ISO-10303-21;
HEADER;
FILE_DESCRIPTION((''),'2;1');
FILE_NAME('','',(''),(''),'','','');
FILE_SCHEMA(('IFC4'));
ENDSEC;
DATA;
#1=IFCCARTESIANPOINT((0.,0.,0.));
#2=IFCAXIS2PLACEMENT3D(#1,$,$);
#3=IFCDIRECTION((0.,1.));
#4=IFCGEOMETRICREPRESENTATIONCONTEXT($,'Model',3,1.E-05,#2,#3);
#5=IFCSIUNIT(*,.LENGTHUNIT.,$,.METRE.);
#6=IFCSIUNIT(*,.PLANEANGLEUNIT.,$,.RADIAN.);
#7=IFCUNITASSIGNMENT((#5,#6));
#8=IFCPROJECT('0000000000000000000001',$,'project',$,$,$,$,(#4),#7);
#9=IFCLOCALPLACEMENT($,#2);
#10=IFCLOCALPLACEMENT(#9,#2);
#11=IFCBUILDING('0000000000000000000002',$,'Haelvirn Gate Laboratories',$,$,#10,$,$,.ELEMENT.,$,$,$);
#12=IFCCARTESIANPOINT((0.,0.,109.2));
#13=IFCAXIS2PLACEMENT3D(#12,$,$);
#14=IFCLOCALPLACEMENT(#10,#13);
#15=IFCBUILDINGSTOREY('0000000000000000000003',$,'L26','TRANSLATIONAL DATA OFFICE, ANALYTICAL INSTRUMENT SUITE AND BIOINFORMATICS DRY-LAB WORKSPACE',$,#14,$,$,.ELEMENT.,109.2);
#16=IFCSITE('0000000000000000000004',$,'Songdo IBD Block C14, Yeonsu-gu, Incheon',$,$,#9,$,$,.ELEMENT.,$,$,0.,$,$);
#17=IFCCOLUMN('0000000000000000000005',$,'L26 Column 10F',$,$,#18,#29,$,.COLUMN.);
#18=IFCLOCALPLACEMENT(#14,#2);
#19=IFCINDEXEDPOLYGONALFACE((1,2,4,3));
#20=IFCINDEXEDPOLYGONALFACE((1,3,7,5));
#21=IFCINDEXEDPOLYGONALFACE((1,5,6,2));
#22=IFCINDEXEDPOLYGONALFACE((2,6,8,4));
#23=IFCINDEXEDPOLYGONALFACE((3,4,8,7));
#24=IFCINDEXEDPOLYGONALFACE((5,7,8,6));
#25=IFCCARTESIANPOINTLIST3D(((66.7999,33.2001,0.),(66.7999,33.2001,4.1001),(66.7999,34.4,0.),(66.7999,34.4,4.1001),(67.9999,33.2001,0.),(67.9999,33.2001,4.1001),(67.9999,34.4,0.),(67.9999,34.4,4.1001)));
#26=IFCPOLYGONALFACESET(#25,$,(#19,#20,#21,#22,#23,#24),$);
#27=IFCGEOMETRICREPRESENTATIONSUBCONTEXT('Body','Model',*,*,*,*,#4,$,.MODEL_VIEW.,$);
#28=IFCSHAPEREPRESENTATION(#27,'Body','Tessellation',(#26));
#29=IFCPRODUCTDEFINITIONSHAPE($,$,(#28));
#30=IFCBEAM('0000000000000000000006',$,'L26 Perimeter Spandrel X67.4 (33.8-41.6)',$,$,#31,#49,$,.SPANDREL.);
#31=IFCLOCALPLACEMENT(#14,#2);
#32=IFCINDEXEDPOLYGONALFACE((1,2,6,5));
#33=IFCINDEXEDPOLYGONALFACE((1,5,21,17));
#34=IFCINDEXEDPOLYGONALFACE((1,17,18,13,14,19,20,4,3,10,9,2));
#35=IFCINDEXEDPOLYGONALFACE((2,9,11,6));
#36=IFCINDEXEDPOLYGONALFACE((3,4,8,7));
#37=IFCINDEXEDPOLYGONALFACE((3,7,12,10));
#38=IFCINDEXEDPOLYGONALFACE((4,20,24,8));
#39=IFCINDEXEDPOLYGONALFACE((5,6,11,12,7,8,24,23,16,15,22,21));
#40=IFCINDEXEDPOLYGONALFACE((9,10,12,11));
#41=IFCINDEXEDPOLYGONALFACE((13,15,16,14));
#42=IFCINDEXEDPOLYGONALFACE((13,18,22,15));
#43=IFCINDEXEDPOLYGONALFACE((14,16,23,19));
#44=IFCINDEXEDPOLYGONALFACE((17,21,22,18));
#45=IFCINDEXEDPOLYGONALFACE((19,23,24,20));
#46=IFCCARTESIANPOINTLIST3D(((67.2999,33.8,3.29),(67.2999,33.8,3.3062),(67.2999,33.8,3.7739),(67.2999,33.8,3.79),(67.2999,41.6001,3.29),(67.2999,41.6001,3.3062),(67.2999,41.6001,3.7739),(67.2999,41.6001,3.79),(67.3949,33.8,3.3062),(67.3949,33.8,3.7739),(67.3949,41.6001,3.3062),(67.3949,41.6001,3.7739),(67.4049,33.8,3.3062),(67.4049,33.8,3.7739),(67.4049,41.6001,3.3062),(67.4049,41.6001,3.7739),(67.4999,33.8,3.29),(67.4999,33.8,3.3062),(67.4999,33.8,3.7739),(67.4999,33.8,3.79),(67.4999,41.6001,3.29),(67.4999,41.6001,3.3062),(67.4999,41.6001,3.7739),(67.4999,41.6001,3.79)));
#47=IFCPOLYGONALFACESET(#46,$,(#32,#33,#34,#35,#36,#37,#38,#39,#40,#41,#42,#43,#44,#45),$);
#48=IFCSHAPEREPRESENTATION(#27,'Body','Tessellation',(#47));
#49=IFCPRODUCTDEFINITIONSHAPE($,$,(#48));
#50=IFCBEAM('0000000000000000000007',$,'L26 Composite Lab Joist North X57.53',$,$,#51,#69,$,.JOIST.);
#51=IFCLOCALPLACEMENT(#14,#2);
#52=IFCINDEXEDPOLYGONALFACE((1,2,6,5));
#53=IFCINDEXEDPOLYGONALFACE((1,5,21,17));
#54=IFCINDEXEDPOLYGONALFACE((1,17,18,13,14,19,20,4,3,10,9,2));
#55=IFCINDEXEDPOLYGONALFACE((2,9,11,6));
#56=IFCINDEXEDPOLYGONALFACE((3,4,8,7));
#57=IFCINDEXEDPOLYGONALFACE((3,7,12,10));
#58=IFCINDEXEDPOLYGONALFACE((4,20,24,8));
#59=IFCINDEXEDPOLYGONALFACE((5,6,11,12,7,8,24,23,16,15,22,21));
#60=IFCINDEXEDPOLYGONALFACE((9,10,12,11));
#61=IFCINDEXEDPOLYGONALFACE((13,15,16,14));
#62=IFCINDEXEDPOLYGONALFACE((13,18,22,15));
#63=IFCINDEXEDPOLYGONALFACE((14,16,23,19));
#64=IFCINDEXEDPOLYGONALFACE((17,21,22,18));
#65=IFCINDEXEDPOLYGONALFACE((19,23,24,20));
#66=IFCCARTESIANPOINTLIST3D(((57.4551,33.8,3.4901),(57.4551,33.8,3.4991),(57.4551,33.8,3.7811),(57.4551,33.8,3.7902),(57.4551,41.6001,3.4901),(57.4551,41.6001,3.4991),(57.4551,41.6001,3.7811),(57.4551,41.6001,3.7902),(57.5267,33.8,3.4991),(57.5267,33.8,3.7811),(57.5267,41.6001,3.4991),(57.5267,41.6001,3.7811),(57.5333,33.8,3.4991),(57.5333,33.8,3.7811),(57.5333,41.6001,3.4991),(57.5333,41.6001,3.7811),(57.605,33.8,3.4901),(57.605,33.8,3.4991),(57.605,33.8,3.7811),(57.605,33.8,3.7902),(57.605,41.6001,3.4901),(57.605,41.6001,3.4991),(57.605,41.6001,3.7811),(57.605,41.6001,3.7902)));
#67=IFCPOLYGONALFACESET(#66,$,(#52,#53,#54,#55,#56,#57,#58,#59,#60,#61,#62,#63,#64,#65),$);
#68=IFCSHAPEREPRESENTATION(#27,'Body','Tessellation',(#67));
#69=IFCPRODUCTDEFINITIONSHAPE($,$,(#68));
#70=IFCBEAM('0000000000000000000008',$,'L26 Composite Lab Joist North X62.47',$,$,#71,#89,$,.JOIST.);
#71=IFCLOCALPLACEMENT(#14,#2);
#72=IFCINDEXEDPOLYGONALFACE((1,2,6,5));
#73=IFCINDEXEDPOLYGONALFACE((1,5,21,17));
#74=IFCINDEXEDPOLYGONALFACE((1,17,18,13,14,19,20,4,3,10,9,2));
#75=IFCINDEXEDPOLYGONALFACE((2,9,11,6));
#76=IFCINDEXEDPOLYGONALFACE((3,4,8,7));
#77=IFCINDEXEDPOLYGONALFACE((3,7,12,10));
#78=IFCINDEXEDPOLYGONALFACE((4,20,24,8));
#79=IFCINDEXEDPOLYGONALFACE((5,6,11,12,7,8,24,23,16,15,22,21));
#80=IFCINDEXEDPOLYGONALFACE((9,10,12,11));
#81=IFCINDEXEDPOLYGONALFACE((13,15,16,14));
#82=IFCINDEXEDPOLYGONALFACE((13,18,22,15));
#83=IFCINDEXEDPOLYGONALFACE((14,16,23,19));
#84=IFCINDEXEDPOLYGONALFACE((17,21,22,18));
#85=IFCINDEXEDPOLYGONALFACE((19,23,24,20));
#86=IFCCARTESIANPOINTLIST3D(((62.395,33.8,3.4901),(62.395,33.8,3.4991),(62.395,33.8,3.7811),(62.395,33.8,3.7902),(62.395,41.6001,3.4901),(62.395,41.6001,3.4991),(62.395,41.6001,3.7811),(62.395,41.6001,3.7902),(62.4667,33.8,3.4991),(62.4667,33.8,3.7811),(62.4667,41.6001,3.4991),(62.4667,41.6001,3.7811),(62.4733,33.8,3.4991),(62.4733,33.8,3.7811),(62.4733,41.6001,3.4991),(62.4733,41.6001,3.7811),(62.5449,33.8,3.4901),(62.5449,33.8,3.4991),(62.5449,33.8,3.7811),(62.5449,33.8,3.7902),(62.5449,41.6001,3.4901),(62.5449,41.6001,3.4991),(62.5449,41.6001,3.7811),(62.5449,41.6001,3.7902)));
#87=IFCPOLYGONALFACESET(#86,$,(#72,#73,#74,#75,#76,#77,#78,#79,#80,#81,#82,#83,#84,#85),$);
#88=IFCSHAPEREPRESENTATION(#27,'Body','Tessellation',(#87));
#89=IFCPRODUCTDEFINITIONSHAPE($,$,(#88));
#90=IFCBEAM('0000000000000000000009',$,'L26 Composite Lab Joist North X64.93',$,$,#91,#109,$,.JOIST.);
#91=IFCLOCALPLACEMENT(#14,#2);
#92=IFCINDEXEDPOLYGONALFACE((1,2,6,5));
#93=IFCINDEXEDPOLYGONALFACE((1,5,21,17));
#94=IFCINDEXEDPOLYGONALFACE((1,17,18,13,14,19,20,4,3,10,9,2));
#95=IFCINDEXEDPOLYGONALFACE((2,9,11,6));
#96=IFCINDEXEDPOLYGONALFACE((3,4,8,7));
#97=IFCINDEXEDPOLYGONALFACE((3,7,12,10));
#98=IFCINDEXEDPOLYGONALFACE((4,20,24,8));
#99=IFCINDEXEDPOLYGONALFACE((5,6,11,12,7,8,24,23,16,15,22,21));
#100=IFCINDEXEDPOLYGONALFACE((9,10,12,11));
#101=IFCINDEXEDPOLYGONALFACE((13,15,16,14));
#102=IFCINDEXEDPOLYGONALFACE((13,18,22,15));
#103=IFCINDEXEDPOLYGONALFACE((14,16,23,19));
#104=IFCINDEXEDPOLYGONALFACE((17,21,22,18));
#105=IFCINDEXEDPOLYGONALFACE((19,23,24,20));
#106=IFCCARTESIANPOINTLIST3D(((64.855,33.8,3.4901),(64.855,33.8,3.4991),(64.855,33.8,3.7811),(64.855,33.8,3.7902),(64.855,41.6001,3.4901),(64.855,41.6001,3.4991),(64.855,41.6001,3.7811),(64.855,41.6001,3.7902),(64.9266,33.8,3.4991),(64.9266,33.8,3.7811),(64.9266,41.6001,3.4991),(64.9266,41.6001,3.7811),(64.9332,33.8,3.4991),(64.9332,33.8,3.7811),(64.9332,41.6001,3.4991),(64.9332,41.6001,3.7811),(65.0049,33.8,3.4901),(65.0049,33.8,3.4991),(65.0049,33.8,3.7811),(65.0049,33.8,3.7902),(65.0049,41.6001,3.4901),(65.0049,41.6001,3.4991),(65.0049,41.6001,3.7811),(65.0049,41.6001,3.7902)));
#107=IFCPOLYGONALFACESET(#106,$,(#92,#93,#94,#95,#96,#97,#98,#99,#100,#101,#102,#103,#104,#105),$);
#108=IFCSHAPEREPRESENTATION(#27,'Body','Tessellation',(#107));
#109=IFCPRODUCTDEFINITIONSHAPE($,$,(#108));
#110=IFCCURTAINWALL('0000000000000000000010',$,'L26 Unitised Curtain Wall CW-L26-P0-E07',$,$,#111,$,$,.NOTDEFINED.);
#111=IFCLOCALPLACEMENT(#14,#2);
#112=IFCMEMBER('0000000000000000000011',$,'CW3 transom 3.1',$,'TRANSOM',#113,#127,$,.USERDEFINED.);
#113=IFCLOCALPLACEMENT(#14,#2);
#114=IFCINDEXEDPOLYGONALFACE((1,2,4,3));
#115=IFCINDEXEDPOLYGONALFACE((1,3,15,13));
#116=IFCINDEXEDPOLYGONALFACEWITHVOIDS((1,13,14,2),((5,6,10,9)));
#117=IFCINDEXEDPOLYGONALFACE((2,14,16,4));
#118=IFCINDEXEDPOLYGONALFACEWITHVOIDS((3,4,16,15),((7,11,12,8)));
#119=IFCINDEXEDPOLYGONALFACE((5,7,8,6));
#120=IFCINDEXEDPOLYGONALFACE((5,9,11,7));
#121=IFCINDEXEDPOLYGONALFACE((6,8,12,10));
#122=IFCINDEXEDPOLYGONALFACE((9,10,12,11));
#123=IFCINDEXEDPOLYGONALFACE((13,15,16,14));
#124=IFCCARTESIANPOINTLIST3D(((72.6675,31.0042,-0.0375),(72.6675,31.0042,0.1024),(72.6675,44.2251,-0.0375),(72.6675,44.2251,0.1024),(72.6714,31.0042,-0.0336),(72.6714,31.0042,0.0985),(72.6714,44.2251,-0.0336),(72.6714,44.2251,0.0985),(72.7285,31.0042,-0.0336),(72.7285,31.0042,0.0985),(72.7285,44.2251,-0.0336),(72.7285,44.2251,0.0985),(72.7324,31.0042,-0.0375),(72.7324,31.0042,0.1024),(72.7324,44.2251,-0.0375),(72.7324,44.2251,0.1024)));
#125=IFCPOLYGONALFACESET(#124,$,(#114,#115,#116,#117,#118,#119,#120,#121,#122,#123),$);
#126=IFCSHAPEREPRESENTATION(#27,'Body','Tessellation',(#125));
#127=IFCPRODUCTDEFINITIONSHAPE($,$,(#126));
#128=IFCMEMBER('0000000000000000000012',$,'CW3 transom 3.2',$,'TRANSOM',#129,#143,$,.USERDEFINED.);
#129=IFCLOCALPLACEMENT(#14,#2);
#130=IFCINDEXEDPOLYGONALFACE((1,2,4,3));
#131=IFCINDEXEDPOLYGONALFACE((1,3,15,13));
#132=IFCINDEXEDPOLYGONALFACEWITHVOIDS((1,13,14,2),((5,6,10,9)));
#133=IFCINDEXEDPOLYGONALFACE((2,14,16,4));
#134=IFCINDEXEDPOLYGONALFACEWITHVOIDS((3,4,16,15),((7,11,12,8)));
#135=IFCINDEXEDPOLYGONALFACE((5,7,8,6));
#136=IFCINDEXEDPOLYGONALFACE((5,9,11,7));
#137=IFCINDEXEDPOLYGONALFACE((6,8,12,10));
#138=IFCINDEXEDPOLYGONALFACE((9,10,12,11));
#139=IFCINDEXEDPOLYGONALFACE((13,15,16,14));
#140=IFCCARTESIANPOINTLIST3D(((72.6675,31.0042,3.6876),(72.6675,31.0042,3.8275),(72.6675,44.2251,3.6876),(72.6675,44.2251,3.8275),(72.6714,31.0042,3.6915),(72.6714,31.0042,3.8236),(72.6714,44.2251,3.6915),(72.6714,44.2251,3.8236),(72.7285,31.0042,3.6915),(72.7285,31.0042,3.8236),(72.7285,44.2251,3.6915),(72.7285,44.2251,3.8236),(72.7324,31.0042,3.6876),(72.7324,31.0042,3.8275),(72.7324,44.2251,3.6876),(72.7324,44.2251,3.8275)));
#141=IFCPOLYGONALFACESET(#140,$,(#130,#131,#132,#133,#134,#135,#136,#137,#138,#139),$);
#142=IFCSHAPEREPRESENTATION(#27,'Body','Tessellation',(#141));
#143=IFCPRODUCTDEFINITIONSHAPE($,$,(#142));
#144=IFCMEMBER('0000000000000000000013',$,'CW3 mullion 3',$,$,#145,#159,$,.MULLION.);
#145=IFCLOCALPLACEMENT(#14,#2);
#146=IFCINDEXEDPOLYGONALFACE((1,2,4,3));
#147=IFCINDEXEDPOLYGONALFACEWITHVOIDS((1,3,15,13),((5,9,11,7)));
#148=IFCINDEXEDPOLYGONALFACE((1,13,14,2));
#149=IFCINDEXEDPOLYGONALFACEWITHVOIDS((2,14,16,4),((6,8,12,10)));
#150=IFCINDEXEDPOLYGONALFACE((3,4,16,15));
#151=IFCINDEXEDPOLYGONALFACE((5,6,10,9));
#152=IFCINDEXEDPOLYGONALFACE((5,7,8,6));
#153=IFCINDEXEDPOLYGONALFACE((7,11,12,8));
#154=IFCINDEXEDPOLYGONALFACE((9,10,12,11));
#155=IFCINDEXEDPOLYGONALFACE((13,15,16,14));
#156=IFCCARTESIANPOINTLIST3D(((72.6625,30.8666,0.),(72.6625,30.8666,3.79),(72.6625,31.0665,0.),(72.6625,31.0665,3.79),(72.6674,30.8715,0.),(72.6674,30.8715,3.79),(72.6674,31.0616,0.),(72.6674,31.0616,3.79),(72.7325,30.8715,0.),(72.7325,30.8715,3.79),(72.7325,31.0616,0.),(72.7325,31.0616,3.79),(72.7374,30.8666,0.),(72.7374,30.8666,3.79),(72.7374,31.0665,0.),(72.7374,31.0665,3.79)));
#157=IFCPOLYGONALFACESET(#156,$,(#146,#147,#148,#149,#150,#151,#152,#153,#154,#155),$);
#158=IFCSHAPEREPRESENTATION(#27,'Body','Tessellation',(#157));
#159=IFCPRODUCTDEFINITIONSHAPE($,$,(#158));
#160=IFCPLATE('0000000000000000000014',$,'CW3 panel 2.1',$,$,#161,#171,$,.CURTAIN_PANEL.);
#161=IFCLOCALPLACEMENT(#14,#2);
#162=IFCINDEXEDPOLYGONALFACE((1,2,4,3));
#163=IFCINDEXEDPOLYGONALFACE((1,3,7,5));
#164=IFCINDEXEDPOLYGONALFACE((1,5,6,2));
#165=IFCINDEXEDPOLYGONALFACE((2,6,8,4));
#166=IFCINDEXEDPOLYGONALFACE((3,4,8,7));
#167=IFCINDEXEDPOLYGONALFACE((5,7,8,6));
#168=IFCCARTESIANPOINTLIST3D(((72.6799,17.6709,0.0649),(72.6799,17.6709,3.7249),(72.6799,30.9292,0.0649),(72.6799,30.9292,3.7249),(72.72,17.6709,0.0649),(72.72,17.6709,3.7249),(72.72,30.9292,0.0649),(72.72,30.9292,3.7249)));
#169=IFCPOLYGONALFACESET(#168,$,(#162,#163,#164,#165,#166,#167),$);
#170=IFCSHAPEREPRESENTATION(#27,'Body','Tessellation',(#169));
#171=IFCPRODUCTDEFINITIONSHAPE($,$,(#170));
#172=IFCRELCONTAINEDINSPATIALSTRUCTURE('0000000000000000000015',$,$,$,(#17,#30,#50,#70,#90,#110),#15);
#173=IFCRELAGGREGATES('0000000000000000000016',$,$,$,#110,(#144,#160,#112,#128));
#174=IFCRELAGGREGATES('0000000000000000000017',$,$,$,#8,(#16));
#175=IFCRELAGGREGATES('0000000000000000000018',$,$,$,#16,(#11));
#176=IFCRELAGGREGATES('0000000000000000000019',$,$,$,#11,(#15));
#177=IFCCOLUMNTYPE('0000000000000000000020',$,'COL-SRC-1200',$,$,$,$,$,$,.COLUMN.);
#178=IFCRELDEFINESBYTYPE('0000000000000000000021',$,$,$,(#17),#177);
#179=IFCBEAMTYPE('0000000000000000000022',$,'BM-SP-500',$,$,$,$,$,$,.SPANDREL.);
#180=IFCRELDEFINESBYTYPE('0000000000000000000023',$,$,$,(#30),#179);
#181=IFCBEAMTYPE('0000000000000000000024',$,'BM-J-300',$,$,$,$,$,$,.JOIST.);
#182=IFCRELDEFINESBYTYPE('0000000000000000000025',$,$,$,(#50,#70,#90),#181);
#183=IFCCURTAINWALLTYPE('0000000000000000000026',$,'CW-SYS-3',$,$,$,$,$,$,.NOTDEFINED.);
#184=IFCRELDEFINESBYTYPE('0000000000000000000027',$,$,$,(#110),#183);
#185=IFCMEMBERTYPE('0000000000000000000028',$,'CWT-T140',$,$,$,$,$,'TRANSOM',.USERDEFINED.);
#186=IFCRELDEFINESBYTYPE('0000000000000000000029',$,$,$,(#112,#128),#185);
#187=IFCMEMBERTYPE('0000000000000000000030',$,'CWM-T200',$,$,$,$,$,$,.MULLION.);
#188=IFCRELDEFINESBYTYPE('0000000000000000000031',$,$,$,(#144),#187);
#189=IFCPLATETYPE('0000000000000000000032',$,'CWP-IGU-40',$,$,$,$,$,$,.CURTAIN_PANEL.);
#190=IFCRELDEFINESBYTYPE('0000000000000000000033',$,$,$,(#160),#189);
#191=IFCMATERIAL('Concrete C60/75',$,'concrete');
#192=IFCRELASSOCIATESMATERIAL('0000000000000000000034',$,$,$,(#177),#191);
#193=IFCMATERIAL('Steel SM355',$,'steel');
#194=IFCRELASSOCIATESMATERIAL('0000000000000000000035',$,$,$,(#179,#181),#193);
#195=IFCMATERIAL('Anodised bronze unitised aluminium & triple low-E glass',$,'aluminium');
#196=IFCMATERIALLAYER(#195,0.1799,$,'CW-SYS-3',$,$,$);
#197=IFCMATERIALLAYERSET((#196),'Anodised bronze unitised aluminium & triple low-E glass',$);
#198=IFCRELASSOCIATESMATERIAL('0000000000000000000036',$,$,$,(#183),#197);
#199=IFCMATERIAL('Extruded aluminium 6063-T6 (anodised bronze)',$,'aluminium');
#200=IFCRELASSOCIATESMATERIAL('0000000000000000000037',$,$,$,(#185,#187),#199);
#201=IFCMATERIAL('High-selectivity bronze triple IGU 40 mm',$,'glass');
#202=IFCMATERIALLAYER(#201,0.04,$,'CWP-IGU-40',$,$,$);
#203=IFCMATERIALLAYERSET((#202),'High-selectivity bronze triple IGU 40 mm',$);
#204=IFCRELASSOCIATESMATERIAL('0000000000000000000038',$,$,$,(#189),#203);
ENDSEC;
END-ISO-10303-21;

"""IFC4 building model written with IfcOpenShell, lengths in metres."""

from ifc_helpers import new_model, si_unit, direction, frame, origin, origin_2d, place, context, subcontext, project, spatial, rectangle, hollow_rectangle, i_section, extrude, source, transform, mapped, material, layer, layer_set, material_profile, profile_set, type_object, type_shapes, element, aggregate, save


model = new_model("IFC4")

# Units and contexts
model_context = context("Model", 3, precision=1e-05, world=origin(), true_north=direction((0.0, 1.0)))
body_context = subcontext(model_context, "Body", "Model", "MODEL_VIEW")
ifc_project = project(units=[si_unit("LENGTHUNIT", "METRE"), si_unit("PLANEANGLEUNIT", "RADIAN")], contexts=[model_context])

# Site, building, storey
site_placement = place(None, origin())
site = spatial("IfcSite", under=ifc_project, at=site_placement, Name="Songdo IBD Block C14, Yeonsu-gu, Incheon", CompositionType="ELEMENT", RefElevation=0.0)
building_placement = place(site_placement, origin())
building = spatial("IfcBuilding", under=site, at=building_placement, Name="Haelvirn Gate Laboratories", CompositionType="ELEMENT")
storey_placement = place(building_placement, frame((0.0, 0.0, 109.2)))
storey = spatial("IfcBuildingStorey", under=building, at=storey_placement, Name="L26", Description="TRANSLATIONAL DATA OFFICE, ANALYTICAL INSTRUMENT SUITE AND BIOINFORMATICS DRY-LAB WORKSPACE", CompositionType="ELEMENT", Elevation=109.2)

# Column
ifc_material_1 = material(Name="Concrete C60/75", Category="concrete")
ifc_material_profile_1 = material_profile(ifc_material_1, rectangle(XDim=1.2, YDim=1.2, at=origin_2d()), Name="SRC-1200x1200")
ifc_profile_set_1 = profile_set([ifc_material_profile_1], Name="Concrete C60/75")
column_type = type_object("IfcColumnType", Name="COL-SRC-1200", PredefinedType="COLUMN", material=ifc_profile_set_1)
shared_shape_1 = source(origin(), body_context, "Body", "SweptSolid", [
    extrude(rectangle(XDim=1.2, YDim=1.2, at=origin_2d()), origin(), (0.0, 0.0, 1.0), 4.1001),
])
type_shapes(column_type, [shared_shape_1])
column_placement = place(storey_placement, frame((67.3999, 33.8, 0.0), z_axis=(0.0, 0.0, 1.0), x_axis=(1.0, 0.0, 0.0)))
element("IfcColumn", 1, at=column_placement, inside=storey, type_object=column_type, Name="L26 Column 10F", PredefinedType="COLUMN", context=body_context, shape_type="MappedRepresentation", body=[
    mapped(shared_shape_1, transform((0.0, 0.0, 0.0), scale=1.0)),
])

# Beams
ifc_material_2 = material(Name="Steel SM355", Category="steel")
ifc_material_profile_2 = material_profile(ifc_material_2, i_section(OverallWidth=0.2, OverallDepth=0.5, WebThickness=0.01, FlangeThickness=0.0161, at=origin_2d()), Name="H-500x200x10x16")
ifc_profile_set_2 = profile_set([ifc_material_profile_2], Name="Steel SM355")
beam_type_1 = type_object("IfcBeamType", Name="BM-SP-500", PredefinedType="SPANDREL", material=ifc_profile_set_2)
shared_shape_2 = source(origin(), body_context, "Body", "SweptSolid", [
    extrude(i_section(OverallWidth=0.2, OverallDepth=0.5, WebThickness=0.01, FlangeThickness=0.0161, at=origin_2d()), origin(), (0.0, 0.0, 1.0), 7.8),
])
type_shapes(beam_type_1, [shared_shape_2])
beam_placement = place(storey_placement, frame((67.3999, 33.8, 3.54), z_axis=(0.0, 1.0, 0.0), x_axis=(-1.0, 0.0, 0.0)))
element("IfcBeam", 2, at=beam_placement, inside=storey, type_object=beam_type_1, Name="L26 Perimeter Spandrel X67.4 (33.8-41.6)", PredefinedType="SPANDREL", context=body_context, shape_type="MappedRepresentation", body=[
    mapped(shared_shape_2, transform((0.0, 0.0, 0.0), scale=1.0)),
])
ifc_material_profile_3 = material_profile(ifc_material_2, i_section(OverallWidth=0.1499, OverallDepth=0.3, WebThickness=0.0066, FlangeThickness=0.009, at=origin_2d()), Name="H-300x150x6.5x9")
ifc_profile_set_3 = profile_set([ifc_material_profile_3], Name="Steel SM355")
beam_type_2 = type_object("IfcBeamType", Name="BM-J-300", PredefinedType="JOIST", material=ifc_profile_set_3)
shared_shape_3 = source(origin(), body_context, "Body", "SweptSolid", [
    extrude(i_section(OverallWidth=0.1499, OverallDepth=0.3, WebThickness=0.0066, FlangeThickness=0.009, at=origin_2d()), origin(), (0.0, 0.0, 1.0), 7.8),
])
type_shapes(beam_type_2, [shared_shape_3])
for number, where, z_axis, x_axis, name in (
    (3, (57.53, 33.8, 3.6401), (0.0, 1.0, 0.0), (-1.0, 0.0, 0.0), "L26 Composite Lab Joist North X57.53"),
    (4, (62.47, 33.8, 3.6401), (0.0, 1.0, 0.0), (-1.0, 0.0, 0.0), "L26 Composite Lab Joist North X62.47"),
    (5, (64.9299, 33.8, 3.6401), (0.0, 1.0, 0.0), (-1.0, 0.0, 0.0), "L26 Composite Lab Joist North X64.93"),
):
    element("IfcBeam", number, at=place(storey_placement, frame(where, z_axis=z_axis, x_axis=x_axis)), inside=storey, type_object=beam_type_2, Name=name, PredefinedType="JOIST", context=body_context, shape_type="MappedRepresentation", body=[
        mapped(shared_shape_3, transform((0.0, 0.0, 0.0), scale=1.0)),
    ])

# Curtain wall, members, plate
ifc_material_3 = material(Name="Anodised bronze unitised aluminium & triple low-E glass", Category="aluminium")
ifc_layer_1 = layer(ifc_material_3, 0.1799, Name="CW-SYS-3")
ifc_layer_set_1 = layer_set([ifc_layer_1], Name="Anodised bronze unitised aluminium & triple low-E glass")
curtain_wall_type = type_object("IfcCurtainWallType", Name="CW-SYS-3", PredefinedType="NOTDEFINED", material=ifc_layer_set_1)
curtain_wall_placement = place(storey_placement, origin())
curtain_wall = element("IfcCurtainWall", 6, at=curtain_wall_placement, inside=storey, type_object=curtain_wall_type, Name="L26 Unitised Curtain Wall CW-L26-P0-E07", PredefinedType="NOTDEFINED")
ifc_material_4 = material(Name="Extruded aluminium 6063-T6 (anodised bronze)", Category="aluminium")
ifc_material_profile_4 = material_profile(ifc_material_4, hollow_rectangle(XDim=0.0649, YDim=0.1399, WallThickness=0.0039, at=origin_2d()), Name="CWT-140x65x4")
ifc_profile_set_4 = profile_set([ifc_material_profile_4], Name="Extruded aluminium 6063-T6 (anodised bronze)")
member_type_1 = type_object("IfcMemberType", Name="CWT-T140", ElementType="TRANSOM", PredefinedType="USERDEFINED", material=ifc_profile_set_4)
shared_shape_4 = source(origin(), body_context, "Body", "SweptSolid", [
    extrude(hollow_rectangle(XDim=0.0649, YDim=0.1399, WallThickness=0.0039, at=origin_2d()), origin(), (0.0, 0.0, 1.0), 13.2209),
])
type_shapes(member_type_1, [shared_shape_4])
member_1_placement = place(storey_placement, frame((72.7, 31.0042, 0.0325), z_axis=(0.0, 1.0, 0.0), x_axis=(-1.0, 0.0, 0.0)))
member_1 = element("IfcMember", 7, at=member_1_placement, type_object=member_type_1, Name="CW3 transom 3.1", ObjectType="TRANSOM", PredefinedType="USERDEFINED", context=body_context, shape_type="MappedRepresentation", body=[
    mapped(shared_shape_4, transform((0.0, 0.0, 0.0), scale=1.0)),
])
member_2_placement = place(storey_placement, frame((72.7, 31.0042, 3.7576), z_axis=(0.0, 1.0, 0.0), x_axis=(-1.0, 0.0, 0.0)))
member_2 = element("IfcMember", 8, at=member_2_placement, type_object=member_type_1, Name="CW3 transom 3.2", ObjectType="TRANSOM", PredefinedType="USERDEFINED", context=body_context, shape_type="MappedRepresentation", body=[
    mapped(shared_shape_4, transform((0.0, 0.0, 0.0), scale=1.0)),
])
ifc_material_profile_5 = material_profile(ifc_material_4, hollow_rectangle(XDim=0.075, YDim=0.2, WallThickness=0.0049, at=origin_2d()), Name="CWM-200x75x5")
ifc_profile_set_5 = profile_set([ifc_material_profile_5], Name="Extruded aluminium 6063-T6 (anodised bronze)")
member_type_2 = type_object("IfcMemberType", Name="CWM-T200", PredefinedType="MULLION", material=ifc_profile_set_5)
shared_shape_5 = source(origin(), body_context, "Body", "SweptSolid", [
    extrude(hollow_rectangle(XDim=0.075, YDim=0.2, WallThickness=0.0049, at=origin_2d()), origin(), (0.0, 0.0, 1.0), 3.79),
])
type_shapes(member_type_2, [shared_shape_5])
member_3_placement = place(storey_placement, frame((72.7, 30.9666, 0.0), z_axis=(0.0, 0.0, 1.0), x_axis=(-1.0, 0.0, 0.0)))
member_3 = element("IfcMember", 9, at=member_3_placement, type_object=member_type_2, Name="CW3 mullion 3", PredefinedType="MULLION", context=body_context, shape_type="MappedRepresentation", body=[
    mapped(shared_shape_5, transform((0.0, 0.0, 0.0), scale=1.0)),
])
ifc_material_5 = material(Name="High-selectivity bronze triple IGU 40 mm", Category="glass")
ifc_layer_2 = layer(ifc_material_5, 0.04, Name="CWP-IGU-40")
ifc_layer_set_2 = layer_set([ifc_layer_2], Name="High-selectivity bronze triple IGU 40 mm")
plate_type = type_object("IfcPlateType", Name="CWP-IGU-40", PredefinedType="CURTAIN_PANEL", material=ifc_layer_set_2)
shared_shape_6 = source(origin(), body_context, "Body", "SweptSolid", [
    extrude(rectangle(XDim=13.2583, YDim=0.04, at=origin_2d()), origin(), (0.0, 0.0, 1.0), 3.6599),
])
type_shapes(plate_type, [shared_shape_6])
plate_placement = place(storey_placement, frame((72.7, 24.3, 0.0649), z_axis=(0.0, 0.0, 1.0), x_axis=(0.0, 1.0, 0.0)))
plate = element("IfcPlate", 10, at=plate_placement, type_object=plate_type, Name="CW3 panel 2.1", PredefinedType="CURTAIN_PANEL", context=body_context, shape_type="MappedRepresentation", body=[
    mapped(shared_shape_6, transform((0.0, 0.0, 0.0), scale=1.0)),
])
aggregate(curtain_wall, [member_3, plate, member_1, member_2])

save(model, "model.ifc")
